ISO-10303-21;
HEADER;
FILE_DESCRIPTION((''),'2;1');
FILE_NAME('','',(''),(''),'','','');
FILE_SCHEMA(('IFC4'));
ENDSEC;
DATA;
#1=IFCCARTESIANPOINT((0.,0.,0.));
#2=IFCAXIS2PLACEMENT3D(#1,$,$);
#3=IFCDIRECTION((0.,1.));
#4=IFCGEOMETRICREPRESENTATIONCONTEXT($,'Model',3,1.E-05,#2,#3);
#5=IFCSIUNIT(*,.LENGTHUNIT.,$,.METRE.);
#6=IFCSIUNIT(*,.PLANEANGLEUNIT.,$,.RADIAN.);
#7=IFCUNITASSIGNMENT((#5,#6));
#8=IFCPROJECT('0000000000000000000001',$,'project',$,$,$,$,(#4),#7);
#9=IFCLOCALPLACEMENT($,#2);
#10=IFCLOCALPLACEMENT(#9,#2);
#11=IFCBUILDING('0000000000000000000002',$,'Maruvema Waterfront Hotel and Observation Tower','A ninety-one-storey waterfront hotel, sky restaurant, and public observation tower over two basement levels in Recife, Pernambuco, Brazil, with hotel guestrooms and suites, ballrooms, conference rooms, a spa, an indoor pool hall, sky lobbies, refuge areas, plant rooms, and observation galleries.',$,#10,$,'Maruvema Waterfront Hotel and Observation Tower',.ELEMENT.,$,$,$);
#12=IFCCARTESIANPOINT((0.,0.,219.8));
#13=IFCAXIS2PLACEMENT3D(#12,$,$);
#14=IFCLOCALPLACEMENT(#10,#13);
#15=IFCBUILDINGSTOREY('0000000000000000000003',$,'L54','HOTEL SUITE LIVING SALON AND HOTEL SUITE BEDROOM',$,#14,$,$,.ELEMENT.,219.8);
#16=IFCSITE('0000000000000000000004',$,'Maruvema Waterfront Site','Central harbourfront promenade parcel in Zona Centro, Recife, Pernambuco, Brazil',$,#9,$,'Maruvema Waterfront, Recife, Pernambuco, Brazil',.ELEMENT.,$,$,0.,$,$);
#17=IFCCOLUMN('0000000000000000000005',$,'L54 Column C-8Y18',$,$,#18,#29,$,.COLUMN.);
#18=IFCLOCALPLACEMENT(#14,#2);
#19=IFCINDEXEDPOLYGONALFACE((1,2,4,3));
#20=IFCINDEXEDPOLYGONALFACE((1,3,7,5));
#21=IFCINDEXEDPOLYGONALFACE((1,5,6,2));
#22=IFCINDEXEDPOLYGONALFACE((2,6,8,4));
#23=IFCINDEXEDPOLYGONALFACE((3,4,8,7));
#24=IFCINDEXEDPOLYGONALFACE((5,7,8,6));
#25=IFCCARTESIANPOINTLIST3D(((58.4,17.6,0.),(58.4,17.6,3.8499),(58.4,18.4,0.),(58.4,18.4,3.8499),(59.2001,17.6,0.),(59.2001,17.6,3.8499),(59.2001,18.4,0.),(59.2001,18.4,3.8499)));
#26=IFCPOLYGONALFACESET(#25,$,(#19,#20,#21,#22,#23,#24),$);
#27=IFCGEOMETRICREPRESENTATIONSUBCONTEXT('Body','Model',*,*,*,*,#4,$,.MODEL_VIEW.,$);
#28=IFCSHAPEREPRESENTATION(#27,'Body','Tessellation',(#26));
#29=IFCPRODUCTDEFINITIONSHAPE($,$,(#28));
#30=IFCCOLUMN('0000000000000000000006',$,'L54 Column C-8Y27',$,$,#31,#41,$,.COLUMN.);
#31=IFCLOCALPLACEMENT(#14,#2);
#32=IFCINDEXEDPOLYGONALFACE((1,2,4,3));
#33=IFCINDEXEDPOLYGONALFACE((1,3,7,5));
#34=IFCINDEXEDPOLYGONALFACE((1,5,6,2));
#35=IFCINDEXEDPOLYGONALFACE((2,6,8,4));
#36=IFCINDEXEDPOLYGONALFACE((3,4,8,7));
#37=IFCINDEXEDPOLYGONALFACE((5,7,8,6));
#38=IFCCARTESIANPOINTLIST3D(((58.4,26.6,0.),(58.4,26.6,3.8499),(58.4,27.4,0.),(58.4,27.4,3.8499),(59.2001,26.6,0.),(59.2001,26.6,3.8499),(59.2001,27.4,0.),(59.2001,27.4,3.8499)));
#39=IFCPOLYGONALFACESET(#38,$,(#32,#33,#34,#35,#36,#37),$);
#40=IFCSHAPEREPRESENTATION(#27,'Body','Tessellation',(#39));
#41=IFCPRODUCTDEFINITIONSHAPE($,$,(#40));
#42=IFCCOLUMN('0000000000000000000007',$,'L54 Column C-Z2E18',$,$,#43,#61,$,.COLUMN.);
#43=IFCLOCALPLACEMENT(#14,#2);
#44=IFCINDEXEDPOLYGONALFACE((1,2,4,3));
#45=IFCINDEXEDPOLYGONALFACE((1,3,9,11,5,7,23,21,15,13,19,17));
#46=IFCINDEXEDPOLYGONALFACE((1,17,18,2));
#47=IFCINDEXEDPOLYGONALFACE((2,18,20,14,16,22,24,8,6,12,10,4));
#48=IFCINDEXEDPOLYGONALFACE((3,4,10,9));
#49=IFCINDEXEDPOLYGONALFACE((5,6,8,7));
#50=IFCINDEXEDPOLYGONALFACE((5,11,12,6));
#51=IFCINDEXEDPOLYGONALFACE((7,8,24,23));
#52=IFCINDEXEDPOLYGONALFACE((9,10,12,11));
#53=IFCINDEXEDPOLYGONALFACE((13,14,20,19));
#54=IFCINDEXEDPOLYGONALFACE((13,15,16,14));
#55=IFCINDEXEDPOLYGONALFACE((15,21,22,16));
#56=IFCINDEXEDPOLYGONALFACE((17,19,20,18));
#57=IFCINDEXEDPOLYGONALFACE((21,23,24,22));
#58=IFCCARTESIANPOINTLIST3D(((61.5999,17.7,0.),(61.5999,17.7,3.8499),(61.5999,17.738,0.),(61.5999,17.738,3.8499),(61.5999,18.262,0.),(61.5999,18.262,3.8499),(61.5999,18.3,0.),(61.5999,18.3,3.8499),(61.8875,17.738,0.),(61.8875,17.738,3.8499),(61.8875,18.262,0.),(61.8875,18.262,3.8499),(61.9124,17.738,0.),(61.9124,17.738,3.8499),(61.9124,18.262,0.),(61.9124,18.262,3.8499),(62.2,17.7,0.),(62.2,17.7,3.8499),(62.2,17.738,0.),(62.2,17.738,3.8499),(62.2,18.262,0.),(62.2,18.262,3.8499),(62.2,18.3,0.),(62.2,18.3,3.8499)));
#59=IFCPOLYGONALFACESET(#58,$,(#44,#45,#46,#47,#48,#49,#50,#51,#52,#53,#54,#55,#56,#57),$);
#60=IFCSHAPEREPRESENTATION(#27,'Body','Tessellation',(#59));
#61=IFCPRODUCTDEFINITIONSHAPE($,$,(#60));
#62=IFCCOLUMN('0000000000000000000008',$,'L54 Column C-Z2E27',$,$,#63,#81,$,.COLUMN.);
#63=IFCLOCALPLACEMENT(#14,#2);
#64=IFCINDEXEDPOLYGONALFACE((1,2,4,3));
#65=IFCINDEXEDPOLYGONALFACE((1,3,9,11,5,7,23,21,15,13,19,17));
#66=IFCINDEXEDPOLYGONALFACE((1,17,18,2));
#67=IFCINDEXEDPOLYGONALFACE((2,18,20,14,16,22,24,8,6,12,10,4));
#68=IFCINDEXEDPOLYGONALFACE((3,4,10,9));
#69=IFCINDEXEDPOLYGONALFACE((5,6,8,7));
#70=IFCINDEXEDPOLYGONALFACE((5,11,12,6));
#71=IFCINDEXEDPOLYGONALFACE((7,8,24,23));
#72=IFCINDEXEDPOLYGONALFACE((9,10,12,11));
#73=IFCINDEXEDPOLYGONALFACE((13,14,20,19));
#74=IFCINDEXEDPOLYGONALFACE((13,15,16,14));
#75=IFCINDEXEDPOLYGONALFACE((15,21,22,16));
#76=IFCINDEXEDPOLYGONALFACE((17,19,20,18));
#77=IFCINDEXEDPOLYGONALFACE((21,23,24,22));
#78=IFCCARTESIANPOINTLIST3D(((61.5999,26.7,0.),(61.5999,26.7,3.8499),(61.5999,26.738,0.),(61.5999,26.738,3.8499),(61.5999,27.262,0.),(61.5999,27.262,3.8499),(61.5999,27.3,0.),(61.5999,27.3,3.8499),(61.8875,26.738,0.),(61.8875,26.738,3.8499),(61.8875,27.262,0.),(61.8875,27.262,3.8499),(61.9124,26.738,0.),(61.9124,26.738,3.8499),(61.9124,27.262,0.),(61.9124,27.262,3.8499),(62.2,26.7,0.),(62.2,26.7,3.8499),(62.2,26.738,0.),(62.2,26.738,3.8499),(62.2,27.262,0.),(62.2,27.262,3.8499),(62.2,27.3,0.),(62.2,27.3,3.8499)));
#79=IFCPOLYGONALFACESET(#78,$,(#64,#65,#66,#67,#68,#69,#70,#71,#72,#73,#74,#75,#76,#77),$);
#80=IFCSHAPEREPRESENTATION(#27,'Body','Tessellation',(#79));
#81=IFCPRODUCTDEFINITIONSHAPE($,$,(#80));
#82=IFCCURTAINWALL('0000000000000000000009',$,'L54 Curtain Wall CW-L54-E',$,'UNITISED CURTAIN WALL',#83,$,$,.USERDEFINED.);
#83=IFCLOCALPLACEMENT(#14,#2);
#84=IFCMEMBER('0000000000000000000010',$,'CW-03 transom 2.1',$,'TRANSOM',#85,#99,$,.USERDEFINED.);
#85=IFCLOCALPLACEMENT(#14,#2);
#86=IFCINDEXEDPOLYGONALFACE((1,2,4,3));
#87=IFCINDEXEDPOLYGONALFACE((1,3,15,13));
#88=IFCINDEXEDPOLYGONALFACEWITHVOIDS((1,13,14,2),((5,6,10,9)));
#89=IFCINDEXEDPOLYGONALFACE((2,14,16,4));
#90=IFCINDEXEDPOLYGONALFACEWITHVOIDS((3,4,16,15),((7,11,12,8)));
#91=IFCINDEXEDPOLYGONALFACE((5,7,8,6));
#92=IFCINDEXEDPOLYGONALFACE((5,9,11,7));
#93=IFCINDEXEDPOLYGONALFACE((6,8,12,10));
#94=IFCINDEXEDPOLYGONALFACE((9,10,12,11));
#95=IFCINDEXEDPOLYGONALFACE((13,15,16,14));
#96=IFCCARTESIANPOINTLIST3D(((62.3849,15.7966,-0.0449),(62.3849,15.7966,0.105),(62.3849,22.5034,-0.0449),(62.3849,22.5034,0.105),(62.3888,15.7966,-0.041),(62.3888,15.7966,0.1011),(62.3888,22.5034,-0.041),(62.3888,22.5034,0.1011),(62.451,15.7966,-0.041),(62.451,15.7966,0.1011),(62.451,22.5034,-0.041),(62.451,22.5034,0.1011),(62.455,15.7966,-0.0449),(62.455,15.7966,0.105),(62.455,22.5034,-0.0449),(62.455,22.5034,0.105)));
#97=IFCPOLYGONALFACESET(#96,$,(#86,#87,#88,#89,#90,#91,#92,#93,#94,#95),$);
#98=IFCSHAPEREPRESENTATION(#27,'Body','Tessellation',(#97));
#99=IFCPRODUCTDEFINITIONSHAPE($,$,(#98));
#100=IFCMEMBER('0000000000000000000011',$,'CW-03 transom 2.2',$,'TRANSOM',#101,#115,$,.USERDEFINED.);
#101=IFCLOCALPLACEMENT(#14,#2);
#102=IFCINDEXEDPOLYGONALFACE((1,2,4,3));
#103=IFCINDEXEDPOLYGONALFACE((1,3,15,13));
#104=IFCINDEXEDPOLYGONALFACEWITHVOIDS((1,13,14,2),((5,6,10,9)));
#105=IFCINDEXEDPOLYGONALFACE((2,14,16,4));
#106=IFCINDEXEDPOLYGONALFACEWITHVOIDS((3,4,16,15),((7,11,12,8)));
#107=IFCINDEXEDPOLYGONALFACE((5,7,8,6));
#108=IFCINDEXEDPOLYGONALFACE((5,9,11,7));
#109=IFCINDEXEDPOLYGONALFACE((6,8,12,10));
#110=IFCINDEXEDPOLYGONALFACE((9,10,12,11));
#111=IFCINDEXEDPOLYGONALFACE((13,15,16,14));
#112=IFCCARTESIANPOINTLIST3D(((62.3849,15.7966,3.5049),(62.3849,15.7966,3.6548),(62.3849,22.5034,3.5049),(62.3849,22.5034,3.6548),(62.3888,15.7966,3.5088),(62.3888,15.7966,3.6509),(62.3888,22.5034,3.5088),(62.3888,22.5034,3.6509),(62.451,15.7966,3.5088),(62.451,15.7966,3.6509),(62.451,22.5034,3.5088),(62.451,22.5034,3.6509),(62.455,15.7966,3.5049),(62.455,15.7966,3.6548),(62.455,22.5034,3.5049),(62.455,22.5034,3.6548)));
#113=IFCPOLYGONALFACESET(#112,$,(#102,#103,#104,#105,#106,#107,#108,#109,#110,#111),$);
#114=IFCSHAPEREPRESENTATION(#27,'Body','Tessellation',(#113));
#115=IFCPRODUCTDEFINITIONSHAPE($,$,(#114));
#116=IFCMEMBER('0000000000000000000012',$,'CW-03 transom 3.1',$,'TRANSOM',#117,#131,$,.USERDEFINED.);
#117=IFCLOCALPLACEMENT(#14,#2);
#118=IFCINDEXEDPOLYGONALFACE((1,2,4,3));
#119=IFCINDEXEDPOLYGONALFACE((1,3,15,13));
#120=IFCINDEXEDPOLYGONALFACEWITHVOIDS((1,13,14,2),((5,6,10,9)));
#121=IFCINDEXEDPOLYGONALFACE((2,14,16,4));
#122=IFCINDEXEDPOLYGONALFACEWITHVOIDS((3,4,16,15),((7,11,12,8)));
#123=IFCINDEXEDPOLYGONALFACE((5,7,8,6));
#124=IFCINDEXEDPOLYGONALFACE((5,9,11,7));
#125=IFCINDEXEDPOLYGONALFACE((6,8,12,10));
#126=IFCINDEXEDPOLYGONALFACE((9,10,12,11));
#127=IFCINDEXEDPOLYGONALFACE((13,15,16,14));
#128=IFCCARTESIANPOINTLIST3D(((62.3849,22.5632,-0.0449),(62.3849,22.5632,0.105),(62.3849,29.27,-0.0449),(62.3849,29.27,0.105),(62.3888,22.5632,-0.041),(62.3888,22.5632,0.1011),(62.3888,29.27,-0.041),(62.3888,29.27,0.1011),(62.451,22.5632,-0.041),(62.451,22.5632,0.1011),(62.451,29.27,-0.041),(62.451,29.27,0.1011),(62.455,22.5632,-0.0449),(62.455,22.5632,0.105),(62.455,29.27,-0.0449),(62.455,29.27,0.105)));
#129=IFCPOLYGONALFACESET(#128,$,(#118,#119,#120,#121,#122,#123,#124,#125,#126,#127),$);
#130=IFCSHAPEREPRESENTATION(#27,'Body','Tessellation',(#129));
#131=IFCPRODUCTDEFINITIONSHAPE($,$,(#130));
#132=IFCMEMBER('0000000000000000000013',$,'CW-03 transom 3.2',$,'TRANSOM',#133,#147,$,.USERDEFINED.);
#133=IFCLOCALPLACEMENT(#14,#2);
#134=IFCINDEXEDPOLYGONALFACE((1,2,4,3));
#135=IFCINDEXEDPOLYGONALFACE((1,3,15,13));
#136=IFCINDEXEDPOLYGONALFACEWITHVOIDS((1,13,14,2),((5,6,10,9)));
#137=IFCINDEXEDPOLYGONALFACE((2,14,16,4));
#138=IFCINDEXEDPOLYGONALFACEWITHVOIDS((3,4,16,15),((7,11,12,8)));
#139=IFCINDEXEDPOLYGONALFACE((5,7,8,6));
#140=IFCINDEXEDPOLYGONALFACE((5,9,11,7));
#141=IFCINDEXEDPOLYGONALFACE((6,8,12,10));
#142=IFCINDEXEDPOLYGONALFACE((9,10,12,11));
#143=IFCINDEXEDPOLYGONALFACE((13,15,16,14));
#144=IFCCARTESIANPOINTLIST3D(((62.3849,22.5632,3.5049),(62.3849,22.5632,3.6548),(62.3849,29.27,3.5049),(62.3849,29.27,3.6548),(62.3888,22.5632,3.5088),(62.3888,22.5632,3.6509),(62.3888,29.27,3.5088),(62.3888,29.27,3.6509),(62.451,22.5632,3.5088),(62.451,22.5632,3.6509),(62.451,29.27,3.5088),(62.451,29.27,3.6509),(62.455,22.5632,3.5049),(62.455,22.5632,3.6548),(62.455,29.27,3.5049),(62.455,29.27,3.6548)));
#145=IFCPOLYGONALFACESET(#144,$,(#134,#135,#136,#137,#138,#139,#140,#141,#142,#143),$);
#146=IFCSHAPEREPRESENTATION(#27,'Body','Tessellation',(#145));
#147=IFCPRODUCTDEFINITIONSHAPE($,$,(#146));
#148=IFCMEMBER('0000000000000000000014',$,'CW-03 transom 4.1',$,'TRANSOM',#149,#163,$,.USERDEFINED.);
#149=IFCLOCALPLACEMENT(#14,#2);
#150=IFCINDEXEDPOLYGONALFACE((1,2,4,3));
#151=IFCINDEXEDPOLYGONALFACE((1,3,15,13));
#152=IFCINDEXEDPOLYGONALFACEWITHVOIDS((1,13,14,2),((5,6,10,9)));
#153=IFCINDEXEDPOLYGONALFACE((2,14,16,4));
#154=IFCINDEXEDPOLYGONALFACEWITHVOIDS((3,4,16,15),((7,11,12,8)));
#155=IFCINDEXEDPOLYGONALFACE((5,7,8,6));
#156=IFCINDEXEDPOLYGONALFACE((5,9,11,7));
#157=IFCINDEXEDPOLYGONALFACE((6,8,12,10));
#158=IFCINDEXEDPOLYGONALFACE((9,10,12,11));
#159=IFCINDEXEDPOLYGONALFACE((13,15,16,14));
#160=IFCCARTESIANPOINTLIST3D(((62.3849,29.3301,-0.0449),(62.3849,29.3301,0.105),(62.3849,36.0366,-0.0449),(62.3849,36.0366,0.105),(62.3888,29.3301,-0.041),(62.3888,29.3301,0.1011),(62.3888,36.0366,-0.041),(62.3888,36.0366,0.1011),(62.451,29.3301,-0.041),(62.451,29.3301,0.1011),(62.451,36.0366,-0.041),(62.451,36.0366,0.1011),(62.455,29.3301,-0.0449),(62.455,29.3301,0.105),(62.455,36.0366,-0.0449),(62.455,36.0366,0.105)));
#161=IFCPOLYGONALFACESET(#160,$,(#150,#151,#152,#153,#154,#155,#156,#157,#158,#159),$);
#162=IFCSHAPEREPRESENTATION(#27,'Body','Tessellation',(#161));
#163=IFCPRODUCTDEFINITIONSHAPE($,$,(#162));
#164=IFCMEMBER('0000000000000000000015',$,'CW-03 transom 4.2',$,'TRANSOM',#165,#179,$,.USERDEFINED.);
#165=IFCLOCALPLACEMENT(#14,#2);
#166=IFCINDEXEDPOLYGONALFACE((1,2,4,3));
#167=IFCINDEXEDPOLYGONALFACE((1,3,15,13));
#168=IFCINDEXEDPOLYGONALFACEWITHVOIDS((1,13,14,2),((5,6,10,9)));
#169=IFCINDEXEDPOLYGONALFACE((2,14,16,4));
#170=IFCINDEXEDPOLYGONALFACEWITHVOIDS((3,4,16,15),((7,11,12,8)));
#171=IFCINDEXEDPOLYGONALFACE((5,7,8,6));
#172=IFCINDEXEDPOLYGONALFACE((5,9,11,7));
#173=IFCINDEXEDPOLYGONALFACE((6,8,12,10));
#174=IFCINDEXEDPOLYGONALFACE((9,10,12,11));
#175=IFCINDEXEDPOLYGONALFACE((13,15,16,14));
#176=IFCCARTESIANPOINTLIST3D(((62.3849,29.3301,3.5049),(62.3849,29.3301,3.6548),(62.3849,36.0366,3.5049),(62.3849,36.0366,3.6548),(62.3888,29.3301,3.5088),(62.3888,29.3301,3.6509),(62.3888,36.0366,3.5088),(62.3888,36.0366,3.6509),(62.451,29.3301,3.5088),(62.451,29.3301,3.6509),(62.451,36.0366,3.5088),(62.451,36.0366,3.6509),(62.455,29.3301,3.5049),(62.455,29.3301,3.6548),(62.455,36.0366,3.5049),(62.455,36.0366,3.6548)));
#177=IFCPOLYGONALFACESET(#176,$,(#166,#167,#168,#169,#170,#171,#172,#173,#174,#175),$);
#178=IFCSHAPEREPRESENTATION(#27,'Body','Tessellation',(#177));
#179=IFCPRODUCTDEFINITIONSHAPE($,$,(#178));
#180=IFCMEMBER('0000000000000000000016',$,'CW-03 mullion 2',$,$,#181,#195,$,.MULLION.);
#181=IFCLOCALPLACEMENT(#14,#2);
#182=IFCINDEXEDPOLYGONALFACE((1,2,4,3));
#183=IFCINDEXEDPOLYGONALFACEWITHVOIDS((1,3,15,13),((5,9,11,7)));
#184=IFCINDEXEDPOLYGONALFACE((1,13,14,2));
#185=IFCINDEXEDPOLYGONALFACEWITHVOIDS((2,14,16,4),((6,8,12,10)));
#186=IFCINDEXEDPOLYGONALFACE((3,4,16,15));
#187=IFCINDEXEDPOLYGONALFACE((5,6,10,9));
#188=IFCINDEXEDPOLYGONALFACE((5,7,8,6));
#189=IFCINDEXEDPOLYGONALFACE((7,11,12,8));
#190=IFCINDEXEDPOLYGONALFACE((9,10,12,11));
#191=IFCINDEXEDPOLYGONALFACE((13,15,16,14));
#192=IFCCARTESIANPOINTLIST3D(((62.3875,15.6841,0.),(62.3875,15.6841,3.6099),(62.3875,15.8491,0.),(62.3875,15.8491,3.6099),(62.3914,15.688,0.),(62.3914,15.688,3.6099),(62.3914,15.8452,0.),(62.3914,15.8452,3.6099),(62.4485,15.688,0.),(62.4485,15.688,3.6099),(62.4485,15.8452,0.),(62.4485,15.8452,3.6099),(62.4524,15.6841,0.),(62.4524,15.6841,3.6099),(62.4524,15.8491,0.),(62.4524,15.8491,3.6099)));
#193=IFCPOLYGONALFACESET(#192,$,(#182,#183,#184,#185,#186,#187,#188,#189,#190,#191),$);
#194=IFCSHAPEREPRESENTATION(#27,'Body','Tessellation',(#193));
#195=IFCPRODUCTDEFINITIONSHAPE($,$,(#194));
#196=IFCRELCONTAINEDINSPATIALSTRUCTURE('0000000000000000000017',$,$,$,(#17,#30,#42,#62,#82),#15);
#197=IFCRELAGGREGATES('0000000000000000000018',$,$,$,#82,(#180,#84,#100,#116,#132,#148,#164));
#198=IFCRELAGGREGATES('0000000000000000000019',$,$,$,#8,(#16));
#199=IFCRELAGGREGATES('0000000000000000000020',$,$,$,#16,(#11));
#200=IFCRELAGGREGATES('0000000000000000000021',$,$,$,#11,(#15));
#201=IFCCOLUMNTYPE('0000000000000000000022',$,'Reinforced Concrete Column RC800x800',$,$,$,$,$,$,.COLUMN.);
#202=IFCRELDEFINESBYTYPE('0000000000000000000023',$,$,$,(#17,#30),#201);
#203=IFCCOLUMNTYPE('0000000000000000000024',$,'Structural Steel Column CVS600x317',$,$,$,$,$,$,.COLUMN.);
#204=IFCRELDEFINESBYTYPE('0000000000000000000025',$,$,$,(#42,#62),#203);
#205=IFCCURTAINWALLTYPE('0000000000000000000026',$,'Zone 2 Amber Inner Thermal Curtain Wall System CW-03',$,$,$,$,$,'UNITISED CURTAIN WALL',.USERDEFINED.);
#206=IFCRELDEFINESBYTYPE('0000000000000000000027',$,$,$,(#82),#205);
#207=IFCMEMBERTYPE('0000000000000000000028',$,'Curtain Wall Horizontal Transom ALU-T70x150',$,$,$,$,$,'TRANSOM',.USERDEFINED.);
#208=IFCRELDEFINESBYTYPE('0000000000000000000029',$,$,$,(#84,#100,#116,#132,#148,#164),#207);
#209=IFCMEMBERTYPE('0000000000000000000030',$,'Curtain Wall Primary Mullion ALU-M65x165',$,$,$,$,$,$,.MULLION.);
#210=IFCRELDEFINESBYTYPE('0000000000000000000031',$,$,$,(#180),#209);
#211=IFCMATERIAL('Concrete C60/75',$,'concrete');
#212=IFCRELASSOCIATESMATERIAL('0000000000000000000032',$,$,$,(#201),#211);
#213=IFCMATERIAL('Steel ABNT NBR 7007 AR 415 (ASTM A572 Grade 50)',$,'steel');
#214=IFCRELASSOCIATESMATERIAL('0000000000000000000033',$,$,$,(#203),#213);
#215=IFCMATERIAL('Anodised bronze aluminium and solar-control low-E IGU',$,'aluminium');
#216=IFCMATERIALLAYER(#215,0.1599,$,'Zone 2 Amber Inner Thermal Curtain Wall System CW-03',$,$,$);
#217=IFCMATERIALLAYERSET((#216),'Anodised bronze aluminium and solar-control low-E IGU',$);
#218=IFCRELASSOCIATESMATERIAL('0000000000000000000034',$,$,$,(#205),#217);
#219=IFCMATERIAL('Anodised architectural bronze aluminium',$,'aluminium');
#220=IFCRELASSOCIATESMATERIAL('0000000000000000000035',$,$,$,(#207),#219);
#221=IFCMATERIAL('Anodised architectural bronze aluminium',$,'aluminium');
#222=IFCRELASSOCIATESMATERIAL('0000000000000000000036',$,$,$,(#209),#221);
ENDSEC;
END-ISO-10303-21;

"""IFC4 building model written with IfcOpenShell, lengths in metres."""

from ifc_helpers import new_model, si_unit, direction, frame, origin, origin_2d, place, context, subcontext, project, spatial, rectangle, hollow_rectangle, i_section, extrude, material, layer, layer_set, material_profile, profile_set, type_object, element, aggregate, save


model = new_model("IFC4")

# Units and contexts
model_context = context("Model", 3, precision=1e-05, world=origin(), true_north=direction((0.0, 1.0)))
body_context = subcontext(model_context, "Body", "Model", "MODEL_VIEW")
ifc_project = project(units=[si_unit("LENGTHUNIT", "METRE"), si_unit("PLANEANGLEUNIT", "RADIAN")], contexts=[model_context])

# Site, building, storey
site_placement = place(None, origin())
site = spatial("IfcSite", under=ifc_project, at=site_placement, Name="Maruvema Waterfront Site", Description="Central harbourfront promenade parcel in Zona Centro, Recife, Pernambuco, Brazil", LongName="Maruvema Waterfront, Recife, Pernambuco, Brazil", CompositionType="ELEMENT", RefElevation=0.0)
building_placement = place(site_placement, origin())
building = spatial("IfcBuilding", under=site, at=building_placement, Name="Maruvema Waterfront Hotel and Observation Tower", Description="A ninety-one-storey waterfront hotel, sky restaurant, and public observation tower over two basement levels in Recife, Pernambuco, Brazil, with hotel guestrooms and suites, ballrooms, conference rooms, a spa, an indoor pool hall, sky lobbies, refuge areas, plant rooms, and observation galleries.", LongName="Maruvema Waterfront Hotel and Observation Tower", CompositionType="ELEMENT")
storey_placement = place(building_placement, frame((0.0, 0.0, 219.8)))
storey = spatial("IfcBuildingStorey", under=building, at=storey_placement, Name="L54", Description="HOTEL SUITE LIVING SALON AND HOTEL SUITE BEDROOM", CompositionType="ELEMENT", Elevation=219.8)

# Columns
ifc_material_1 = material(Name="Concrete C60/75", Category="concrete")
ifc_material_profile_1 = material_profile(ifc_material_1, rectangle(XDim=0.8, YDim=0.8, at=origin_2d()), Name="RC800x800")
ifc_profile_set_1 = profile_set([ifc_material_profile_1], Name="Concrete C60/75")
column_type_1 = type_object("IfcColumnType", Name="Reinforced Concrete Column RC800x800", PredefinedType="COLUMN", material=ifc_profile_set_1)
for number, where, z_axis, x_axis, name in (
    (1, (58.8, 18.0, 0.0), (0.0, 0.0, 1.0), (1.0, 0.0, 0.0), "L54 Column C-8Y18"),
    (2, (58.8, 27.0, 0.0), (0.0, 0.0, 1.0), (1.0, 0.0, 0.0), "L54 Column C-8Y27"),
):
    element("IfcColumn", number, at=place(storey_placement, frame(where, z_axis=z_axis, x_axis=x_axis)), inside=storey, type_object=column_type_1, Name=name, PredefinedType="COLUMN", context=body_context, shape_type="SweptSolid", body=[
        extrude(rectangle(XDim=0.8, YDim=0.8, at=origin_2d()), origin(), (0.0, 0.0, 1.0), 3.8499),
    ])
ifc_material_2 = material(Name="Steel ABNT NBR 7007 AR 415 (ASTM A572 Grade 50)", Category="steel")
ifc_material_profile_2 = material_profile(ifc_material_2, i_section(OverallWidth=0.6001, OverallDepth=0.6001, WebThickness=0.0249, FlangeThickness=0.0381, at=origin_2d()), Name="CVS600x317")
ifc_profile_set_2 = profile_set([ifc_material_profile_2], Name="Steel ABNT NBR 7007 AR 415 (ASTM A572 Grade 50)")
column_type_2 = type_object("IfcColumnType", Name="Structural Steel Column CVS600x317", PredefinedType="COLUMN", material=ifc_profile_set_2)
for number, where, z_axis, x_axis, name in (
    (3, (61.8999, 18.0, 0.0), (0.0, 0.0, 1.0), (1.0, 0.0, 0.0), "L54 Column C-Z2E18"),
    (4, (61.8999, 27.0, 0.0), (0.0, 0.0, 1.0), (1.0, 0.0, 0.0), "L54 Column C-Z2E27"),
):
    element("IfcColumn", number, at=place(storey_placement, frame(where, z_axis=z_axis, x_axis=x_axis)), inside=storey, type_object=column_type_2, Name=name, PredefinedType="COLUMN", context=body_context, shape_type="SweptSolid", body=[
        extrude(i_section(OverallWidth=0.6001, OverallDepth=0.6001, WebThickness=0.0249, FlangeThickness=0.0381, at=origin_2d()), origin(), (0.0, 0.0, 1.0), 3.8499),
    ])

# Curtain wall, members
ifc_material_3 = material(Name="Anodised bronze aluminium and solar-control low-E IGU", Category="aluminium")
ifc_layer_1 = layer(ifc_material_3, 0.1599, Name="Zone 2 Amber Inner Thermal Curtain Wall System CW-03")
ifc_layer_set_1 = layer_set([ifc_layer_1], Name="Anodised bronze aluminium and solar-control low-E IGU")
curtain_wall_type = type_object("IfcCurtainWallType", Name="Zone 2 Amber Inner Thermal Curtain Wall System CW-03", ElementType="UNITISED CURTAIN WALL", PredefinedType="USERDEFINED", material=ifc_layer_set_1)
curtain_wall_placement = place(storey_placement, origin())
curtain_wall = element("IfcCurtainWall", 5, at=curtain_wall_placement, inside=storey, type_object=curtain_wall_type, Name="L54 Curtain Wall CW-L54-E", ObjectType="UNITISED CURTAIN WALL", PredefinedType="USERDEFINED")
ifc_material_4 = material(Name="Anodised architectural bronze aluminium", Category="aluminium")
ifc_material_profile_3 = material_profile(ifc_material_4, hollow_rectangle(XDim=0.0701, YDim=0.1499, WallThickness=0.0039, at=origin_2d()), Name="ALU-T70x150")
ifc_profile_set_3 = profile_set([ifc_material_profile_3], Name="Anodised architectural bronze aluminium")
member_type_1 = type_object("IfcMemberType", Name="Curtain Wall Horizontal Transom ALU-T70x150", ElementType="TRANSOM", PredefinedType="USERDEFINED", material=ifc_profile_set_3)
member_1_placement = place(storey_placement, frame((62.4199, 15.7966, 0.03), z_axis=(0.0, 1.0, 0.0), x_axis=(-1.0, 0.0, 0.0)))
member_1 = element("IfcMember", 6, at=member_1_placement, type_object=member_type_1, Name="CW-03 transom 2.1", ObjectType="TRANSOM", PredefinedType="USERDEFINED", context=body_context, shape_type="SweptSolid", body=[
    extrude(hollow_rectangle(XDim=0.0701, YDim=0.1499, WallThickness=0.0039, at=origin_2d()), origin(), (0.0, 0.0, 1.0), 6.7068),
])
member_2_placement = place(storey_placement, frame((62.4199, 15.7966, 3.5798), z_axis=(0.0, 1.0, 0.0), x_axis=(-1.0, 0.0, 0.0)))
member_2 = element("IfcMember", 7, at=member_2_placement, type_object=member_type_1, Name="CW-03 transom 2.2", ObjectType="TRANSOM", PredefinedType="USERDEFINED", context=body_context, shape_type="SweptSolid", body=[
    extrude(hollow_rectangle(XDim=0.0701, YDim=0.1499, WallThickness=0.0039, at=origin_2d()), origin(), (0.0, 0.0, 1.0), 6.7068),
])
member_3_placement = place(storey_placement, frame((62.4199, 22.5632, 0.03), z_axis=(0.0, 1.0, 0.0), x_axis=(-1.0, 0.0, 0.0)))
member_3 = element("IfcMember", 8, at=member_3_placement, type_object=member_type_1, Name="CW-03 transom 3.1", ObjectType="TRANSOM", PredefinedType="USERDEFINED", context=body_context, shape_type="SweptSolid", body=[
    extrude(hollow_rectangle(XDim=0.0701, YDim=0.1499, WallThickness=0.0039, at=origin_2d()), origin(), (0.0, 0.0, 1.0), 6.7068),
])
member_4_placement = place(storey_placement, frame((62.4199, 22.5632, 3.5798), z_axis=(0.0, 1.0, 0.0), x_axis=(-1.0, 0.0, 0.0)))
member_4 = element("IfcMember", 9, at=member_4_placement, type_object=member_type_1, Name="CW-03 transom 3.2", ObjectType="TRANSOM", PredefinedType="USERDEFINED", context=body_context, shape_type="SweptSolid", body=[
    extrude(hollow_rectangle(XDim=0.0701, YDim=0.1499, WallThickness=0.0039, at=origin_2d()), origin(), (0.0, 0.0, 1.0), 6.7068),
])
member_5_placement = place(storey_placement, frame((62.4199, 29.3301, 0.03), z_axis=(0.0, 1.0, 0.0), x_axis=(-1.0, 0.0, 0.0)))
member_5 = element("IfcMember", 10, at=member_5_placement, type_object=member_type_1, Name="CW-03 transom 4.1", ObjectType="TRANSOM", PredefinedType="USERDEFINED", context=body_context, shape_type="SweptSolid", body=[
    extrude(hollow_rectangle(XDim=0.0701, YDim=0.1499, WallThickness=0.0039, at=origin_2d()), origin(), (0.0, 0.0, 1.0), 6.7065),
])
member_6_placement = place(storey_placement, frame((62.4199, 29.3301, 3.5798), z_axis=(0.0, 1.0, 0.0), x_axis=(-1.0, 0.0, 0.0)))
member_6 = element("IfcMember", 11, at=member_6_placement, type_object=member_type_1, Name="CW-03 transom 4.2", ObjectType="TRANSOM", PredefinedType="USERDEFINED", context=body_context, shape_type="SweptSolid", body=[
    extrude(hollow_rectangle(XDim=0.0701, YDim=0.1499, WallThickness=0.0039, at=origin_2d()), origin(), (0.0, 0.0, 1.0), 6.7065),
])
ifc_material_5 = material(Name="Anodised architectural bronze aluminium", Category="aluminium")
ifc_material_profile_4 = material_profile(ifc_material_5, hollow_rectangle(XDim=0.0649, YDim=0.165, WallThickness=0.0039, at=origin_2d()), Name="ALU-M65x165")
ifc_profile_set_4 = profile_set([ifc_material_profile_4], Name="Anodised architectural bronze aluminium")
member_type_2 = type_object("IfcMemberType", Name="Curtain Wall Primary Mullion ALU-M65x165", PredefinedType="MULLION", material=ifc_profile_set_4)
member_7_placement = place(storey_placement, frame((62.4199, 15.7666, 0.0), z_axis=(0.0, 0.0, 1.0), x_axis=(-1.0, 0.0, 0.0)))
member_7 = element("IfcMember", 12, at=member_7_placement, type_object=member_type_2, Name="CW-03 mullion 2", PredefinedType="MULLION", context=body_context, shape_type="SweptSolid", body=[
    extrude(hollow_rectangle(XDim=0.0649, YDim=0.165, WallThickness=0.0039, at=origin_2d()), origin(), (0.0, 0.0, 1.0), 3.6099),
])

aggregate(curtain_wall, [member_7, member_1, member_2, member_3, member_4, member_5, member_6])

save(model, "model.ifc")
